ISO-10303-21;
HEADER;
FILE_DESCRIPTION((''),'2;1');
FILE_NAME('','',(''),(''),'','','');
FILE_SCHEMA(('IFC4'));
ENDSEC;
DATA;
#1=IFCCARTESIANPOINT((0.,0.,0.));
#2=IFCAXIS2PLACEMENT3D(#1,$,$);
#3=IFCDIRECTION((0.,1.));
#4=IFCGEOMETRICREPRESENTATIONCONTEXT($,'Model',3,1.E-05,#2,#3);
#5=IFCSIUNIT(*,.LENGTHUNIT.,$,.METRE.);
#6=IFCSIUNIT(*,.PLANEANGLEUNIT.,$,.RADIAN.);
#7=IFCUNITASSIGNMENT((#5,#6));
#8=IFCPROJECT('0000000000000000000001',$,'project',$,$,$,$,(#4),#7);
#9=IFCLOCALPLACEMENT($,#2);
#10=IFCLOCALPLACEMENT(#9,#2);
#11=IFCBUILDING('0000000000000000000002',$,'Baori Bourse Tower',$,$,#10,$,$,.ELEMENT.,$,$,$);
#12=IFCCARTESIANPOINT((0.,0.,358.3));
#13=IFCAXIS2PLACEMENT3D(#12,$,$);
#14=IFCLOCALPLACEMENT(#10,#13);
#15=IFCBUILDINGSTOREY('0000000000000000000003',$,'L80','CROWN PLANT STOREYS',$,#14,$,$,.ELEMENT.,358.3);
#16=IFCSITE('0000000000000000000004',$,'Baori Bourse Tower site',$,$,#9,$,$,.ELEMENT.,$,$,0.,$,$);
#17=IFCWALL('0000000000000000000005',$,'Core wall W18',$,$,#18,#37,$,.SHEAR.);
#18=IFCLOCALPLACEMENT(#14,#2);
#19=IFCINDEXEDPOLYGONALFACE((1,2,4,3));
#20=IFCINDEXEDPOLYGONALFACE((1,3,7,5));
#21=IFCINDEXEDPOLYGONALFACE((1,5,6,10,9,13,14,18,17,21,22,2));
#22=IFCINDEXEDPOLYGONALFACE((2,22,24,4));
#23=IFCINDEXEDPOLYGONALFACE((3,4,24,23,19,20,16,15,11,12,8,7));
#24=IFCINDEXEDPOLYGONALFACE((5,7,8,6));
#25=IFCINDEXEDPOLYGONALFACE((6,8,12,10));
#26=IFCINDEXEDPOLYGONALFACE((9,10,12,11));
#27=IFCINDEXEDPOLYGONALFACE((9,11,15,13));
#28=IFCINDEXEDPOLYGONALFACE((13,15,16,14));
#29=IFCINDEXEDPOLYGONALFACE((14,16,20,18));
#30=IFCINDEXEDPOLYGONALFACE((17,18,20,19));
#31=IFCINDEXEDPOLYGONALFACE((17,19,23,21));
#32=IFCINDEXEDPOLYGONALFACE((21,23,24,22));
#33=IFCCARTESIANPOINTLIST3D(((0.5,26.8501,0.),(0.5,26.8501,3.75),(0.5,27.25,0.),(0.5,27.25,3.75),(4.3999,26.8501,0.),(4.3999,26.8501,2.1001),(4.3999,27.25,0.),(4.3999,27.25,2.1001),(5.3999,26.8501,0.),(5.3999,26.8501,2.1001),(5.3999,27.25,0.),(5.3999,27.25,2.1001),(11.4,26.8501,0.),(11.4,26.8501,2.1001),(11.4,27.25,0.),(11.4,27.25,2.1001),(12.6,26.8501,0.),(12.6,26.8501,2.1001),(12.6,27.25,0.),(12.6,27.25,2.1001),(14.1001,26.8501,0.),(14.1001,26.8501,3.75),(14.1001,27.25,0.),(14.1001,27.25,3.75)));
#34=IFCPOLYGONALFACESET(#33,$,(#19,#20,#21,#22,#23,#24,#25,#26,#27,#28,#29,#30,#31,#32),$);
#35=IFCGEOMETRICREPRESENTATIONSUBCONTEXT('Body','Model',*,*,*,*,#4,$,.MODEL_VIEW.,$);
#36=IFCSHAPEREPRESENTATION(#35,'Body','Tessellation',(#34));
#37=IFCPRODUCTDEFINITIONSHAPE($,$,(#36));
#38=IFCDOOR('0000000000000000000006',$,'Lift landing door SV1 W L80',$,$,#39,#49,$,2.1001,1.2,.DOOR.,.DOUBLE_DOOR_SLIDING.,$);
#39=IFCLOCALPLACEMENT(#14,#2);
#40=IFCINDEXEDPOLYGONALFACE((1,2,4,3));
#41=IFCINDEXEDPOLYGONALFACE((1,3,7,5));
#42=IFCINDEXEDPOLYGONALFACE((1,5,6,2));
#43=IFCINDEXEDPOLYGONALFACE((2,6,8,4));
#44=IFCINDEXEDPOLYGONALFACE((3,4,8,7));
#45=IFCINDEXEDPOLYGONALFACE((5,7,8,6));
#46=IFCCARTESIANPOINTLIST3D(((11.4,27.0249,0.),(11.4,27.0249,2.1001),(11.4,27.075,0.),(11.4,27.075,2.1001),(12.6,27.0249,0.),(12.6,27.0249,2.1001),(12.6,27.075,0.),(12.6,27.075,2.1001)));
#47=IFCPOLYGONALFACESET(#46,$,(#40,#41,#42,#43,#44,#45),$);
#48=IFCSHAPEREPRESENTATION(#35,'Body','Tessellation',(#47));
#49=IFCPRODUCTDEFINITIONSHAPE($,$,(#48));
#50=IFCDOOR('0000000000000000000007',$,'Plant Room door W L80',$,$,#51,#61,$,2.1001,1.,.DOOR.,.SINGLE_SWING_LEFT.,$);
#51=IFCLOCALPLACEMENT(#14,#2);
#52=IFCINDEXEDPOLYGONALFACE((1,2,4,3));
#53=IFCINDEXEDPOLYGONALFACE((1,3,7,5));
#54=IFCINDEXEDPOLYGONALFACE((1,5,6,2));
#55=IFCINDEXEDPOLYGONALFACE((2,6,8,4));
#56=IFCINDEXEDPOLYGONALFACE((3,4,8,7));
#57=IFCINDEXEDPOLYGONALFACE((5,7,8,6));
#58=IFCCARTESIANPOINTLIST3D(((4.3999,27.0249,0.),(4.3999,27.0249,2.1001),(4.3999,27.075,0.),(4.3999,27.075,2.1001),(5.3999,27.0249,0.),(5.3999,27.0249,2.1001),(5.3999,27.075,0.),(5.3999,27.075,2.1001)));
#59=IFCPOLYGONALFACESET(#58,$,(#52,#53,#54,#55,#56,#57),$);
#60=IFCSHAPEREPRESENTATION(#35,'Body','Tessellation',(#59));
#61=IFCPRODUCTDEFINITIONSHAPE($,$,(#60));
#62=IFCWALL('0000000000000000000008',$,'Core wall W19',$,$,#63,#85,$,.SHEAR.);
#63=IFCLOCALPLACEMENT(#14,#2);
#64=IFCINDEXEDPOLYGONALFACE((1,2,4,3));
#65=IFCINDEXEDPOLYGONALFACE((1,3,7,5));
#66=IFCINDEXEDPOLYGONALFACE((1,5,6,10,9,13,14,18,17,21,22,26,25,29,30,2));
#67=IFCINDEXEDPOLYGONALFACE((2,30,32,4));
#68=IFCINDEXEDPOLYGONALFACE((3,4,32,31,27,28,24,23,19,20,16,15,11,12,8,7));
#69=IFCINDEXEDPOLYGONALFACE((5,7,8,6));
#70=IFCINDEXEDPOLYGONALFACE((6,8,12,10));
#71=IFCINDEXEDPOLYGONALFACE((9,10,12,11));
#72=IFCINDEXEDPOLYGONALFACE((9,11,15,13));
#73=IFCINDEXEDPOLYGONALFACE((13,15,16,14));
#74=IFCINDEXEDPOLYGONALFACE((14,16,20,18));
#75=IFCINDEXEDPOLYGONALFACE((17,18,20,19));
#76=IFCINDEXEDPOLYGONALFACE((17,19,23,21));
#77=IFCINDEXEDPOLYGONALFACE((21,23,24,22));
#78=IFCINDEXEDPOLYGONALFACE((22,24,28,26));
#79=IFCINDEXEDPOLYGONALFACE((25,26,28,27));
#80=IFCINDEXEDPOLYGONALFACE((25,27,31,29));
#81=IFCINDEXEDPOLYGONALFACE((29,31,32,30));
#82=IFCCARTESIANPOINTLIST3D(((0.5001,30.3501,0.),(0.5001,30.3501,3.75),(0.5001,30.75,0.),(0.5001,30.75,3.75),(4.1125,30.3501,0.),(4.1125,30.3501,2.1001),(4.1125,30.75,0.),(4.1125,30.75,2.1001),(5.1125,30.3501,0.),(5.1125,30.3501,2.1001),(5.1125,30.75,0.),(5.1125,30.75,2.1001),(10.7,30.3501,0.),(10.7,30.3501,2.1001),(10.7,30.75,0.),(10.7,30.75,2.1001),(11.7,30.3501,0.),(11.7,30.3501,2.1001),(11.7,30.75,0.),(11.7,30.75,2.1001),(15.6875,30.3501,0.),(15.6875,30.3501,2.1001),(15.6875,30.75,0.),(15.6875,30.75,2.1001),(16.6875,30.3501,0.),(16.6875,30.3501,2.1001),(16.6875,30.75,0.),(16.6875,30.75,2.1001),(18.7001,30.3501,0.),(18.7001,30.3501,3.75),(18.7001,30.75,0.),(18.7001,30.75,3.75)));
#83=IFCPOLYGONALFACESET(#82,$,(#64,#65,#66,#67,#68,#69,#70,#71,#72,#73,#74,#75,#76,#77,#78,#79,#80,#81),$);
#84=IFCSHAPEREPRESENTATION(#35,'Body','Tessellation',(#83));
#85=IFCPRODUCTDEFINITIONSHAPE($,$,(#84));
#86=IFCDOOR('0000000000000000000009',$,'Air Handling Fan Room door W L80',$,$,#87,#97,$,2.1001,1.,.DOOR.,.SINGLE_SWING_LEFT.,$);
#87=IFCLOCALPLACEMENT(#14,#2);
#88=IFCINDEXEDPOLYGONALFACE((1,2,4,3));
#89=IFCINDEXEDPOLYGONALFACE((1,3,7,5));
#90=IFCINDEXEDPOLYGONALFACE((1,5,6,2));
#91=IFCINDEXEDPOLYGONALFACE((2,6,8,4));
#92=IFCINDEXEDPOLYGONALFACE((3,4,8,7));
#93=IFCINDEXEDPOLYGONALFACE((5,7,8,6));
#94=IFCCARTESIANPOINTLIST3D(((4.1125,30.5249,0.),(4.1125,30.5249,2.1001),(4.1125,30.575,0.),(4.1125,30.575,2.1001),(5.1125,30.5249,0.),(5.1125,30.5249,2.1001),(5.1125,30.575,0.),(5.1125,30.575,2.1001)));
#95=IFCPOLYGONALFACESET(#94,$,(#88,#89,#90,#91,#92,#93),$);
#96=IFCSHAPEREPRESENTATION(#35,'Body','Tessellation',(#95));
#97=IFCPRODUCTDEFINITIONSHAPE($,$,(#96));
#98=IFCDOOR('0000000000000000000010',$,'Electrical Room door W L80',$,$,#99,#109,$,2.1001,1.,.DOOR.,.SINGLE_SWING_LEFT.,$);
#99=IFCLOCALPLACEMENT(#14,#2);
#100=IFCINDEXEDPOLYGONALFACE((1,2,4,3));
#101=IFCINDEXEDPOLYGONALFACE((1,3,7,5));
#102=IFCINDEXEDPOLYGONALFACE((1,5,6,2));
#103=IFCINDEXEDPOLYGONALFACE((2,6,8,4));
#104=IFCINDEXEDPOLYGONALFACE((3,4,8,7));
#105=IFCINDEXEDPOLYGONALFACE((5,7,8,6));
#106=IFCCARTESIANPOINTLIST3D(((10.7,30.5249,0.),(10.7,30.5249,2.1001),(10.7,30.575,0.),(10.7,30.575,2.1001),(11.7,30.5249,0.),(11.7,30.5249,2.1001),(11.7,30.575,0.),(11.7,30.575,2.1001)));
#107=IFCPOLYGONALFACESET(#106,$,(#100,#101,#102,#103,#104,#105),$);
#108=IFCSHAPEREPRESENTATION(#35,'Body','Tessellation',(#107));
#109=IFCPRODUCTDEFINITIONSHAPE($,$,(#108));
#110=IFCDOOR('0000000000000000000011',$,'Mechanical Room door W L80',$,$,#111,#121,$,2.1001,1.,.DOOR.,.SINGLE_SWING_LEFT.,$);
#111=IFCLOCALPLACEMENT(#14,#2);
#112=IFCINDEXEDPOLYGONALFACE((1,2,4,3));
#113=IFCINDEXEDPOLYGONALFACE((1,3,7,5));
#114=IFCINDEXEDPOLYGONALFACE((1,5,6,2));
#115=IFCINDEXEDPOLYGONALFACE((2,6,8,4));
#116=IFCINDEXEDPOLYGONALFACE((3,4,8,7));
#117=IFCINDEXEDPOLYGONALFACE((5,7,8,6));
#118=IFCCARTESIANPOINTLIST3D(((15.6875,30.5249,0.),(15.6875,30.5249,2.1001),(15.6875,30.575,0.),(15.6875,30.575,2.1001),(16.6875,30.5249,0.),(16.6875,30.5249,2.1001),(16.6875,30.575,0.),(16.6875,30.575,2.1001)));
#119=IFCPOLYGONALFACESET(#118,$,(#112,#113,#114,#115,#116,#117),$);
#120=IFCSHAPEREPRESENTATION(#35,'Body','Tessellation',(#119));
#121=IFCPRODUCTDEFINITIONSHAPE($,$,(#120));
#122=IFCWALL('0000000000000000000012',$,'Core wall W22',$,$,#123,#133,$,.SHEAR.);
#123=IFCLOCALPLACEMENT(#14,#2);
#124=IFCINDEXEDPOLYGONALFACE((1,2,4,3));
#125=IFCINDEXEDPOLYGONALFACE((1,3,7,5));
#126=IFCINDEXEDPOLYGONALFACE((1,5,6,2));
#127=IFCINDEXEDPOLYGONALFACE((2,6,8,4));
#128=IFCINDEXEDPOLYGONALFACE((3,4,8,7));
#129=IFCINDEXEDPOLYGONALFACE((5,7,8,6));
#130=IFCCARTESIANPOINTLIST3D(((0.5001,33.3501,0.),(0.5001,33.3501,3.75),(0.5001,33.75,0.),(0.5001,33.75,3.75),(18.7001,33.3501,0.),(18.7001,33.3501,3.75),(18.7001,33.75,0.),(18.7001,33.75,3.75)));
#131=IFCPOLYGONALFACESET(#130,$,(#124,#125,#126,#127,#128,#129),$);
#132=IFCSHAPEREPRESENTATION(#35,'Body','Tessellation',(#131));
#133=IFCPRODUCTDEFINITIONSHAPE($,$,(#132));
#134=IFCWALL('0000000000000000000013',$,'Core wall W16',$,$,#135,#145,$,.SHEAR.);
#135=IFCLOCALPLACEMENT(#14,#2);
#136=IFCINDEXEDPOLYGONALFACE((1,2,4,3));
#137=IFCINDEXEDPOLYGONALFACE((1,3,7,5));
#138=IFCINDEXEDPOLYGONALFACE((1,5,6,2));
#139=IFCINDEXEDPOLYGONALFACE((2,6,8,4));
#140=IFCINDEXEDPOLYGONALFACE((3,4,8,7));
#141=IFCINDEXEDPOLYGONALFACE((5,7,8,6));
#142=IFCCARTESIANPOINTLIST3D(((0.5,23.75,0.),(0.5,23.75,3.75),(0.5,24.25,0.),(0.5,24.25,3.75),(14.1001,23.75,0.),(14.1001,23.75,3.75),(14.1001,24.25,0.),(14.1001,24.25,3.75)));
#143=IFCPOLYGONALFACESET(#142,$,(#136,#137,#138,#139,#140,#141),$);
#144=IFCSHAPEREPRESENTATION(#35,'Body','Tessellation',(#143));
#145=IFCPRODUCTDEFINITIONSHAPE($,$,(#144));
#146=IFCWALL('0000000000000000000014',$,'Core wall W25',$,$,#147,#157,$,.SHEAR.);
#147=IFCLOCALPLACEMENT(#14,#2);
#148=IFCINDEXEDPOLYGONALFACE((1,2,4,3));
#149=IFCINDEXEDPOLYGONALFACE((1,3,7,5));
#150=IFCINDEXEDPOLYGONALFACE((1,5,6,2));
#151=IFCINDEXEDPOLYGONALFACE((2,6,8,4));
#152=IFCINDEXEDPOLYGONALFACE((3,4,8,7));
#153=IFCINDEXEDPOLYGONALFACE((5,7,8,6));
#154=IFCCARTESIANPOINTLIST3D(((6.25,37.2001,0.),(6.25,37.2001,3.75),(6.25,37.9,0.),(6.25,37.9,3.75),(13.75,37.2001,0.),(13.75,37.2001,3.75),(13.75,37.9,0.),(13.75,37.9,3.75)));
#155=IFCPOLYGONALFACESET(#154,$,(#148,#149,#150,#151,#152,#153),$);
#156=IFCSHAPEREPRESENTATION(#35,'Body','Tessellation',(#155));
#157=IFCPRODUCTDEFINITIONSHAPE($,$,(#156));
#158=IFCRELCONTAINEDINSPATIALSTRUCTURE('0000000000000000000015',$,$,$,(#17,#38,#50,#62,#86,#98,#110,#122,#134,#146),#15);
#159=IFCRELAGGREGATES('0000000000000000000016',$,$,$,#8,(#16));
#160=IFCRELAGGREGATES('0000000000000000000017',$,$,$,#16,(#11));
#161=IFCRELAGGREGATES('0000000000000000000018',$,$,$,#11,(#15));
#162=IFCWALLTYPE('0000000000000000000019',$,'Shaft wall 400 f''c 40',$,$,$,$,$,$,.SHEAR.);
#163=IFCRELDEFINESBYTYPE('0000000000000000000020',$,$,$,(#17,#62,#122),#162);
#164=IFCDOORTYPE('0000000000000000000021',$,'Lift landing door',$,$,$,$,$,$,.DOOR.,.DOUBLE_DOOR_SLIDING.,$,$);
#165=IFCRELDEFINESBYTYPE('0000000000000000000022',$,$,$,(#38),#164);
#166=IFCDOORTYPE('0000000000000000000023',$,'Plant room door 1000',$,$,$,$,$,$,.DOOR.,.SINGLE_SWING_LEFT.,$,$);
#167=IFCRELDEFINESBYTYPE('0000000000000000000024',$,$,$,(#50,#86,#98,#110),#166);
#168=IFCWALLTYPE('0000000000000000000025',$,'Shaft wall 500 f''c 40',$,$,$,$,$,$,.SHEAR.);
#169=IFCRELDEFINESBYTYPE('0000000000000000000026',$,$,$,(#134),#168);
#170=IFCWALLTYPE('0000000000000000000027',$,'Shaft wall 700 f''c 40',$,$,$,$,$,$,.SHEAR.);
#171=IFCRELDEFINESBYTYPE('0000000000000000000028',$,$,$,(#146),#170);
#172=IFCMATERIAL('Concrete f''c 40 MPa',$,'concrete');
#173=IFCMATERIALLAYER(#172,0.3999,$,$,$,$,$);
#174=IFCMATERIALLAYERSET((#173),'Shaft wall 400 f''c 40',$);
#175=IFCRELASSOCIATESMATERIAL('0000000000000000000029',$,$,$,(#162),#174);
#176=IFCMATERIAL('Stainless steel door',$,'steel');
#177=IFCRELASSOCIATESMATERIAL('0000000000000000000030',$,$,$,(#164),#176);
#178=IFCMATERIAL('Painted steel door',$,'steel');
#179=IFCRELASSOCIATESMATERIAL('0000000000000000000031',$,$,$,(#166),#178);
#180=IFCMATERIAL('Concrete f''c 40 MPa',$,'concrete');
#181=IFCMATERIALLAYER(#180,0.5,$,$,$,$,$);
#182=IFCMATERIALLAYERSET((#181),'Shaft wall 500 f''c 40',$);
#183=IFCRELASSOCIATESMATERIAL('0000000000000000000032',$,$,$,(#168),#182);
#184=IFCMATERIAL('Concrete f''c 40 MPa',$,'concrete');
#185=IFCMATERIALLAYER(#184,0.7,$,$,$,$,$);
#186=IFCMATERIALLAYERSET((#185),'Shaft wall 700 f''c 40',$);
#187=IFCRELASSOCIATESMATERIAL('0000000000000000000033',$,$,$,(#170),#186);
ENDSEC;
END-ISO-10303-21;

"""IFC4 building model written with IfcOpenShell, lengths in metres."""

from ifc_helpers import new_model, si_unit, direction, frame, frame_2d, origin, place, context, subcontext, project, spatial, rectangle, extrude, material, layer, layer_set, type_object, element, fill, save


model = new_model("IFC4")

# Units and contexts
model_context = context("Model", 3, precision=1e-05, world=origin(), true_north=direction((0.0, 1.0)))
body_context = subcontext(model_context, "Body", "Model", "MODEL_VIEW")
ifc_project = project(units=[si_unit("LENGTHUNIT", "METRE"), si_unit("PLANEANGLEUNIT", "RADIAN")], contexts=[model_context])

# Site, building, storey
site_placement = place(None, origin())
site = spatial("IfcSite", under=ifc_project, at=site_placement, Name="Baori Bourse Tower site", CompositionType="ELEMENT", RefElevation=0.0)
building_placement = place(site_placement, origin())
building = spatial("IfcBuilding", under=site, at=building_placement, Name="Baori Bourse Tower", CompositionType="ELEMENT")
storey_placement = place(building_placement, frame((0.0, 0.0, 358.3)))
storey = spatial("IfcBuildingStorey", under=building, at=storey_placement, Name="L80", Description="CROWN PLANT STOREYS", CompositionType="ELEMENT", Elevation=358.3)

# Shared definitions
ifc_material_1 = material(Name="Concrete f'c 40 MPa", Category="concrete")
ifc_layer_1 = layer(ifc_material_1, 0.3999)
ifc_layer_set_1 = layer_set([ifc_layer_1], Name="Shaft wall 400 f'c 40")
wall_type_1 = type_object("IfcWallType", Name="Shaft wall 400 f'c 40", PredefinedType="SHEAR", material=ifc_layer_set_1)

# Shared definitions
ifc_material_2 = material(Name="Stainless steel door", Category="steel")
door_type_1 = type_object("IfcDoorType", Name="Lift landing door", OperationType="DOUBLE_DOOR_SLIDING", PredefinedType="DOOR", material=ifc_material_2)

# Walls, openings, doors
wall_1_placement = place(storey_placement, frame((0.5, 27.05, 0.0), z_axis=(0.0, 0.0, 1.0), x_axis=(1.0, 0.0, 0.0)))
wall_1 = element("IfcWall", 1, at=wall_1_placement, inside=storey, type_object=wall_type_1, Name="Core wall W18", PredefinedType="SHEAR", context=body_context, shape_type="SweptSolid", body=[
    extrude(rectangle(XDim=13.6001, YDim=0.3999, at=frame_2d((6.8, 0.0))), origin(), (0.0, 0.0, 1.0), 3.75),
])
opening_1_placement = place(wall_1_placement, frame((3.8999, 0.0, 0.0)))
opening_1 = element("IfcOpeningElement", 2, at=opening_1_placement, cuts=wall_1, PredefinedType="OPENING", context=body_context, shape_type="SweptSolid", body=[
    extrude(rectangle(XDim=1.0, YDim=2.1001, at=frame_2d((0.5, 1.05))), frame((0.0, 0.21, 0.0), z_axis=(0.0, -1.0, 0.0), x_axis=(1.0, 0.0, 0.0)), (0.0, 0.0, 1.0), 0.4199),
])
opening_2_placement = place(wall_1_placement, frame((10.8999, 0.0, 0.0)))
opening_2 = element("IfcOpeningElement", 3, at=opening_2_placement, cuts=wall_1, PredefinedType="OPENING", context=body_context, shape_type="SweptSolid", body=[
    extrude(rectangle(XDim=1.2, YDim=2.1001, at=frame_2d((0.6001, 1.05))), frame((0.0, 0.21, 0.0), z_axis=(0.0, -1.0, 0.0), x_axis=(1.0, 0.0, 0.0)), (0.0, 0.0, 1.0), 0.4199),
])
door_1_placement = place(opening_2_placement, origin())
door_1 = element("IfcDoor", 4, at=door_1_placement, inside=storey, type_object=door_type_1, Name="Lift landing door SV1 W L80", OperationType="DOUBLE_DOOR_SLIDING", OverallHeight=2.1001, OverallWidth=1.2, PredefinedType="DOOR", context=body_context, shape_type="SweptSolid", body=[
    extrude(rectangle(XDim=1.2, YDim=2.1001, at=frame_2d((0.6001, 1.05))), frame((0.0, 0.0249, 0.0), z_axis=(0.0, -1.0, 0.0), x_axis=(1.0, 0.0, 0.0)), (0.0, 0.0, 1.0), 0.05),
])
fill(opening_2, door_1)
ifc_material_3 = material(Name="Painted steel door", Category="steel")
door_type_2 = type_object("IfcDoorType", Name="Plant room door 1000", OperationType="SINGLE_SWING_LEFT", PredefinedType="DOOR", material=ifc_material_3)
door_2_placement = place(opening_1_placement, origin())
door_2 = element("IfcDoor", 5, at=door_2_placement, inside=storey, type_object=door_type_2, Name="Plant Room door W L80", OperationType="SINGLE_SWING_LEFT", OverallHeight=2.1001, OverallWidth=1.0, PredefinedType="DOOR", context=body_context, shape_type="SweptSolid", body=[
    extrude(rectangle(XDim=1.0, YDim=2.1001, at=frame_2d((0.5, 1.05))), frame((0.0, 0.0249, 0.0), z_axis=(0.0, -1.0, 0.0), x_axis=(1.0, 0.0, 0.0)), (0.0, 0.0, 1.0), 0.05),
])
fill(opening_1, door_2)
wall_2_placement = place(storey_placement, frame((0.5, 30.55, 0.0), z_axis=(0.0, 0.0, 1.0), x_axis=(1.0, 0.0, 0.0)))
wall_2 = element("IfcWall", 6, at=wall_2_placement, inside=storey, type_object=wall_type_1, Name="Core wall W19", PredefinedType="SHEAR", context=body_context, shape_type="SweptSolid", body=[
    extrude(rectangle(XDim=18.2, YDim=0.3999, at=frame_2d((9.1001, 0.0))), origin(), (0.0, 0.0, 1.0), 3.75),
])
opening_3_placement = place(wall_2_placement, frame((3.6125, 0.0, 0.0)))
opening_3 = element("IfcOpeningElement", 7, at=opening_3_placement, cuts=wall_2, PredefinedType="OPENING", context=body_context, shape_type="SweptSolid", body=[
    extrude(rectangle(XDim=1.0, YDim=2.1001, at=frame_2d((0.5, 1.05))), frame((0.0, 0.21, 0.0), z_axis=(0.0, -1.0, 0.0), x_axis=(1.0, 0.0, 0.0)), (0.0, 0.0, 1.0), 0.4199),
])
opening_4_placement = place(wall_2_placement, frame((10.2, 0.0, 0.0)))
opening_4 = element("IfcOpeningElement", 8, at=opening_4_placement, cuts=wall_2, PredefinedType="OPENING", context=body_context, shape_type="SweptSolid", body=[
    extrude(rectangle(XDim=1.0, YDim=2.1001, at=frame_2d((0.5, 1.05))), frame((0.0, 0.21, 0.0), z_axis=(0.0, -1.0, 0.0), x_axis=(1.0, 0.0, 0.0)), (0.0, 0.0, 1.0), 0.4199),
])
opening_5_placement = place(wall_2_placement, frame((15.1875, 0.0, 0.0)))
opening_5 = element("IfcOpeningElement", 9, at=opening_5_placement, cuts=wall_2, PredefinedType="OPENING", context=body_context, shape_type="SweptSolid", body=[
    extrude(rectangle(XDim=1.0, YDim=2.1001, at=frame_2d((0.5, 1.05))), frame((0.0, 0.21, 0.0), z_axis=(0.0, -1.0, 0.0), x_axis=(1.0, 0.0, 0.0)), (0.0, 0.0, 1.0), 0.4199),
])
door_3_placement = place(opening_3_placement, origin())
door_3 = element("IfcDoor", 10, at=door_3_placement, inside=storey, type_object=door_type_2, Name="Air Handling Fan Room door W L80", OperationType="SINGLE_SWING_LEFT", OverallHeight=2.1001, OverallWidth=1.0, PredefinedType="DOOR", context=body_context, shape_type="SweptSolid", body=[
    extrude(rectangle(XDim=1.0, YDim=2.1001, at=frame_2d((0.5, 1.05))), frame((0.0, 0.0249, 0.0), z_axis=(0.0, -1.0, 0.0), x_axis=(1.0, 0.0, 0.0)), (0.0, 0.0, 1.0), 0.05),
])
fill(opening_3, door_3)
door_4_placement = place(opening_4_placement, origin())
door_4 = element("IfcDoor", 11, at=door_4_placement, inside=storey, type_object=door_type_2, Name="Electrical Room door W L80", OperationType="SINGLE_SWING_LEFT", OverallHeight=2.1001, OverallWidth=1.0, PredefinedType="DOOR", context=body_context, shape_type="SweptSolid", body=[
    extrude(rectangle(XDim=1.0, YDim=2.1001, at=frame_2d((0.5, 1.05))), frame((0.0, 0.0249, 0.0), z_axis=(0.0, -1.0, 0.0), x_axis=(1.0, 0.0, 0.0)), (0.0, 0.0, 1.0), 0.05),
])
fill(opening_4, door_4)
door_5_placement = place(opening_5_placement, origin())
door_5 = element("IfcDoor", 12, at=door_5_placement, inside=storey, type_object=door_type_2, Name="Mechanical Room door W L80", OperationType="SINGLE_SWING_LEFT", OverallHeight=2.1001, OverallWidth=1.0, PredefinedType="DOOR", context=body_context, shape_type="SweptSolid", body=[
    extrude(rectangle(XDim=1.0, YDim=2.1001, at=frame_2d((0.5, 1.05))), frame((0.0, 0.0249, 0.0), z_axis=(0.0, -1.0, 0.0), x_axis=(1.0, 0.0, 0.0)), (0.0, 0.0, 1.0), 0.05),
])
fill(opening_5, door_5)

# Walls
wall_3_placement = place(storey_placement, frame((0.5, 33.55, 0.0), z_axis=(0.0, 0.0, 1.0), x_axis=(1.0, 0.0, 0.0)))
element("IfcWall", 13, at=wall_3_placement, inside=storey, type_object=wall_type_1, Name="Core wall W22", PredefinedType="SHEAR", context=body_context, shape_type="SweptSolid", body=[
    extrude(rectangle(XDim=18.2, YDim=0.3999, at=frame_2d((9.1001, 0.0))), origin(), (0.0, 0.0, 1.0), 3.75),
])
ifc_material_4 = material(Name="Concrete f'c 40 MPa", Category="concrete")
ifc_layer_2 = layer(ifc_material_4, 0.5)
ifc_layer_set_2 = layer_set([ifc_layer_2], Name="Shaft wall 500 f'c 40")
wall_type_2 = type_object("IfcWallType", Name="Shaft wall 500 f'c 40", PredefinedType="SHEAR", material=ifc_layer_set_2)
wall_4_placement = place(storey_placement, frame((0.5, 24.0, 0.0), z_axis=(0.0, 0.0, 1.0), x_axis=(1.0, 0.0, 0.0)))
element("IfcWall", 14, at=wall_4_placement, inside=storey, type_object=wall_type_2, Name="Core wall W16", PredefinedType="SHEAR", context=body_context, shape_type="SweptSolid", body=[
    extrude(rectangle(XDim=13.6001, YDim=0.5, at=frame_2d((6.8, 0.0))), origin(), (0.0, 0.0, 1.0), 3.75),
])
ifc_material_5 = material(Name="Concrete f'c 40 MPa", Category="concrete")
ifc_layer_3 = layer(ifc_material_5, 0.7)
ifc_layer_set_3 = layer_set([ifc_layer_3], Name="Shaft wall 700 f'c 40")
wall_type_3 = type_object("IfcWallType", Name="Shaft wall 700 f'c 40", PredefinedType="SHEAR", material=ifc_layer_set_3)
wall_5_placement = place(storey_placement, frame((6.25, 37.55, 0.0), z_axis=(0.0, 0.0, 1.0), x_axis=(1.0, 0.0, 0.0)))
element("IfcWall", 15, at=wall_5_placement, inside=storey, type_object=wall_type_3, Name="Core wall W25", PredefinedType="SHEAR", context=body_context, shape_type="SweptSolid", body=[
    extrude(rectangle(XDim=7.5, YDim=0.7, at=frame_2d((3.75, 0.0))), origin(), (0.0, 0.0, 1.0), 3.75),
])

save(model, "model.ifc")
